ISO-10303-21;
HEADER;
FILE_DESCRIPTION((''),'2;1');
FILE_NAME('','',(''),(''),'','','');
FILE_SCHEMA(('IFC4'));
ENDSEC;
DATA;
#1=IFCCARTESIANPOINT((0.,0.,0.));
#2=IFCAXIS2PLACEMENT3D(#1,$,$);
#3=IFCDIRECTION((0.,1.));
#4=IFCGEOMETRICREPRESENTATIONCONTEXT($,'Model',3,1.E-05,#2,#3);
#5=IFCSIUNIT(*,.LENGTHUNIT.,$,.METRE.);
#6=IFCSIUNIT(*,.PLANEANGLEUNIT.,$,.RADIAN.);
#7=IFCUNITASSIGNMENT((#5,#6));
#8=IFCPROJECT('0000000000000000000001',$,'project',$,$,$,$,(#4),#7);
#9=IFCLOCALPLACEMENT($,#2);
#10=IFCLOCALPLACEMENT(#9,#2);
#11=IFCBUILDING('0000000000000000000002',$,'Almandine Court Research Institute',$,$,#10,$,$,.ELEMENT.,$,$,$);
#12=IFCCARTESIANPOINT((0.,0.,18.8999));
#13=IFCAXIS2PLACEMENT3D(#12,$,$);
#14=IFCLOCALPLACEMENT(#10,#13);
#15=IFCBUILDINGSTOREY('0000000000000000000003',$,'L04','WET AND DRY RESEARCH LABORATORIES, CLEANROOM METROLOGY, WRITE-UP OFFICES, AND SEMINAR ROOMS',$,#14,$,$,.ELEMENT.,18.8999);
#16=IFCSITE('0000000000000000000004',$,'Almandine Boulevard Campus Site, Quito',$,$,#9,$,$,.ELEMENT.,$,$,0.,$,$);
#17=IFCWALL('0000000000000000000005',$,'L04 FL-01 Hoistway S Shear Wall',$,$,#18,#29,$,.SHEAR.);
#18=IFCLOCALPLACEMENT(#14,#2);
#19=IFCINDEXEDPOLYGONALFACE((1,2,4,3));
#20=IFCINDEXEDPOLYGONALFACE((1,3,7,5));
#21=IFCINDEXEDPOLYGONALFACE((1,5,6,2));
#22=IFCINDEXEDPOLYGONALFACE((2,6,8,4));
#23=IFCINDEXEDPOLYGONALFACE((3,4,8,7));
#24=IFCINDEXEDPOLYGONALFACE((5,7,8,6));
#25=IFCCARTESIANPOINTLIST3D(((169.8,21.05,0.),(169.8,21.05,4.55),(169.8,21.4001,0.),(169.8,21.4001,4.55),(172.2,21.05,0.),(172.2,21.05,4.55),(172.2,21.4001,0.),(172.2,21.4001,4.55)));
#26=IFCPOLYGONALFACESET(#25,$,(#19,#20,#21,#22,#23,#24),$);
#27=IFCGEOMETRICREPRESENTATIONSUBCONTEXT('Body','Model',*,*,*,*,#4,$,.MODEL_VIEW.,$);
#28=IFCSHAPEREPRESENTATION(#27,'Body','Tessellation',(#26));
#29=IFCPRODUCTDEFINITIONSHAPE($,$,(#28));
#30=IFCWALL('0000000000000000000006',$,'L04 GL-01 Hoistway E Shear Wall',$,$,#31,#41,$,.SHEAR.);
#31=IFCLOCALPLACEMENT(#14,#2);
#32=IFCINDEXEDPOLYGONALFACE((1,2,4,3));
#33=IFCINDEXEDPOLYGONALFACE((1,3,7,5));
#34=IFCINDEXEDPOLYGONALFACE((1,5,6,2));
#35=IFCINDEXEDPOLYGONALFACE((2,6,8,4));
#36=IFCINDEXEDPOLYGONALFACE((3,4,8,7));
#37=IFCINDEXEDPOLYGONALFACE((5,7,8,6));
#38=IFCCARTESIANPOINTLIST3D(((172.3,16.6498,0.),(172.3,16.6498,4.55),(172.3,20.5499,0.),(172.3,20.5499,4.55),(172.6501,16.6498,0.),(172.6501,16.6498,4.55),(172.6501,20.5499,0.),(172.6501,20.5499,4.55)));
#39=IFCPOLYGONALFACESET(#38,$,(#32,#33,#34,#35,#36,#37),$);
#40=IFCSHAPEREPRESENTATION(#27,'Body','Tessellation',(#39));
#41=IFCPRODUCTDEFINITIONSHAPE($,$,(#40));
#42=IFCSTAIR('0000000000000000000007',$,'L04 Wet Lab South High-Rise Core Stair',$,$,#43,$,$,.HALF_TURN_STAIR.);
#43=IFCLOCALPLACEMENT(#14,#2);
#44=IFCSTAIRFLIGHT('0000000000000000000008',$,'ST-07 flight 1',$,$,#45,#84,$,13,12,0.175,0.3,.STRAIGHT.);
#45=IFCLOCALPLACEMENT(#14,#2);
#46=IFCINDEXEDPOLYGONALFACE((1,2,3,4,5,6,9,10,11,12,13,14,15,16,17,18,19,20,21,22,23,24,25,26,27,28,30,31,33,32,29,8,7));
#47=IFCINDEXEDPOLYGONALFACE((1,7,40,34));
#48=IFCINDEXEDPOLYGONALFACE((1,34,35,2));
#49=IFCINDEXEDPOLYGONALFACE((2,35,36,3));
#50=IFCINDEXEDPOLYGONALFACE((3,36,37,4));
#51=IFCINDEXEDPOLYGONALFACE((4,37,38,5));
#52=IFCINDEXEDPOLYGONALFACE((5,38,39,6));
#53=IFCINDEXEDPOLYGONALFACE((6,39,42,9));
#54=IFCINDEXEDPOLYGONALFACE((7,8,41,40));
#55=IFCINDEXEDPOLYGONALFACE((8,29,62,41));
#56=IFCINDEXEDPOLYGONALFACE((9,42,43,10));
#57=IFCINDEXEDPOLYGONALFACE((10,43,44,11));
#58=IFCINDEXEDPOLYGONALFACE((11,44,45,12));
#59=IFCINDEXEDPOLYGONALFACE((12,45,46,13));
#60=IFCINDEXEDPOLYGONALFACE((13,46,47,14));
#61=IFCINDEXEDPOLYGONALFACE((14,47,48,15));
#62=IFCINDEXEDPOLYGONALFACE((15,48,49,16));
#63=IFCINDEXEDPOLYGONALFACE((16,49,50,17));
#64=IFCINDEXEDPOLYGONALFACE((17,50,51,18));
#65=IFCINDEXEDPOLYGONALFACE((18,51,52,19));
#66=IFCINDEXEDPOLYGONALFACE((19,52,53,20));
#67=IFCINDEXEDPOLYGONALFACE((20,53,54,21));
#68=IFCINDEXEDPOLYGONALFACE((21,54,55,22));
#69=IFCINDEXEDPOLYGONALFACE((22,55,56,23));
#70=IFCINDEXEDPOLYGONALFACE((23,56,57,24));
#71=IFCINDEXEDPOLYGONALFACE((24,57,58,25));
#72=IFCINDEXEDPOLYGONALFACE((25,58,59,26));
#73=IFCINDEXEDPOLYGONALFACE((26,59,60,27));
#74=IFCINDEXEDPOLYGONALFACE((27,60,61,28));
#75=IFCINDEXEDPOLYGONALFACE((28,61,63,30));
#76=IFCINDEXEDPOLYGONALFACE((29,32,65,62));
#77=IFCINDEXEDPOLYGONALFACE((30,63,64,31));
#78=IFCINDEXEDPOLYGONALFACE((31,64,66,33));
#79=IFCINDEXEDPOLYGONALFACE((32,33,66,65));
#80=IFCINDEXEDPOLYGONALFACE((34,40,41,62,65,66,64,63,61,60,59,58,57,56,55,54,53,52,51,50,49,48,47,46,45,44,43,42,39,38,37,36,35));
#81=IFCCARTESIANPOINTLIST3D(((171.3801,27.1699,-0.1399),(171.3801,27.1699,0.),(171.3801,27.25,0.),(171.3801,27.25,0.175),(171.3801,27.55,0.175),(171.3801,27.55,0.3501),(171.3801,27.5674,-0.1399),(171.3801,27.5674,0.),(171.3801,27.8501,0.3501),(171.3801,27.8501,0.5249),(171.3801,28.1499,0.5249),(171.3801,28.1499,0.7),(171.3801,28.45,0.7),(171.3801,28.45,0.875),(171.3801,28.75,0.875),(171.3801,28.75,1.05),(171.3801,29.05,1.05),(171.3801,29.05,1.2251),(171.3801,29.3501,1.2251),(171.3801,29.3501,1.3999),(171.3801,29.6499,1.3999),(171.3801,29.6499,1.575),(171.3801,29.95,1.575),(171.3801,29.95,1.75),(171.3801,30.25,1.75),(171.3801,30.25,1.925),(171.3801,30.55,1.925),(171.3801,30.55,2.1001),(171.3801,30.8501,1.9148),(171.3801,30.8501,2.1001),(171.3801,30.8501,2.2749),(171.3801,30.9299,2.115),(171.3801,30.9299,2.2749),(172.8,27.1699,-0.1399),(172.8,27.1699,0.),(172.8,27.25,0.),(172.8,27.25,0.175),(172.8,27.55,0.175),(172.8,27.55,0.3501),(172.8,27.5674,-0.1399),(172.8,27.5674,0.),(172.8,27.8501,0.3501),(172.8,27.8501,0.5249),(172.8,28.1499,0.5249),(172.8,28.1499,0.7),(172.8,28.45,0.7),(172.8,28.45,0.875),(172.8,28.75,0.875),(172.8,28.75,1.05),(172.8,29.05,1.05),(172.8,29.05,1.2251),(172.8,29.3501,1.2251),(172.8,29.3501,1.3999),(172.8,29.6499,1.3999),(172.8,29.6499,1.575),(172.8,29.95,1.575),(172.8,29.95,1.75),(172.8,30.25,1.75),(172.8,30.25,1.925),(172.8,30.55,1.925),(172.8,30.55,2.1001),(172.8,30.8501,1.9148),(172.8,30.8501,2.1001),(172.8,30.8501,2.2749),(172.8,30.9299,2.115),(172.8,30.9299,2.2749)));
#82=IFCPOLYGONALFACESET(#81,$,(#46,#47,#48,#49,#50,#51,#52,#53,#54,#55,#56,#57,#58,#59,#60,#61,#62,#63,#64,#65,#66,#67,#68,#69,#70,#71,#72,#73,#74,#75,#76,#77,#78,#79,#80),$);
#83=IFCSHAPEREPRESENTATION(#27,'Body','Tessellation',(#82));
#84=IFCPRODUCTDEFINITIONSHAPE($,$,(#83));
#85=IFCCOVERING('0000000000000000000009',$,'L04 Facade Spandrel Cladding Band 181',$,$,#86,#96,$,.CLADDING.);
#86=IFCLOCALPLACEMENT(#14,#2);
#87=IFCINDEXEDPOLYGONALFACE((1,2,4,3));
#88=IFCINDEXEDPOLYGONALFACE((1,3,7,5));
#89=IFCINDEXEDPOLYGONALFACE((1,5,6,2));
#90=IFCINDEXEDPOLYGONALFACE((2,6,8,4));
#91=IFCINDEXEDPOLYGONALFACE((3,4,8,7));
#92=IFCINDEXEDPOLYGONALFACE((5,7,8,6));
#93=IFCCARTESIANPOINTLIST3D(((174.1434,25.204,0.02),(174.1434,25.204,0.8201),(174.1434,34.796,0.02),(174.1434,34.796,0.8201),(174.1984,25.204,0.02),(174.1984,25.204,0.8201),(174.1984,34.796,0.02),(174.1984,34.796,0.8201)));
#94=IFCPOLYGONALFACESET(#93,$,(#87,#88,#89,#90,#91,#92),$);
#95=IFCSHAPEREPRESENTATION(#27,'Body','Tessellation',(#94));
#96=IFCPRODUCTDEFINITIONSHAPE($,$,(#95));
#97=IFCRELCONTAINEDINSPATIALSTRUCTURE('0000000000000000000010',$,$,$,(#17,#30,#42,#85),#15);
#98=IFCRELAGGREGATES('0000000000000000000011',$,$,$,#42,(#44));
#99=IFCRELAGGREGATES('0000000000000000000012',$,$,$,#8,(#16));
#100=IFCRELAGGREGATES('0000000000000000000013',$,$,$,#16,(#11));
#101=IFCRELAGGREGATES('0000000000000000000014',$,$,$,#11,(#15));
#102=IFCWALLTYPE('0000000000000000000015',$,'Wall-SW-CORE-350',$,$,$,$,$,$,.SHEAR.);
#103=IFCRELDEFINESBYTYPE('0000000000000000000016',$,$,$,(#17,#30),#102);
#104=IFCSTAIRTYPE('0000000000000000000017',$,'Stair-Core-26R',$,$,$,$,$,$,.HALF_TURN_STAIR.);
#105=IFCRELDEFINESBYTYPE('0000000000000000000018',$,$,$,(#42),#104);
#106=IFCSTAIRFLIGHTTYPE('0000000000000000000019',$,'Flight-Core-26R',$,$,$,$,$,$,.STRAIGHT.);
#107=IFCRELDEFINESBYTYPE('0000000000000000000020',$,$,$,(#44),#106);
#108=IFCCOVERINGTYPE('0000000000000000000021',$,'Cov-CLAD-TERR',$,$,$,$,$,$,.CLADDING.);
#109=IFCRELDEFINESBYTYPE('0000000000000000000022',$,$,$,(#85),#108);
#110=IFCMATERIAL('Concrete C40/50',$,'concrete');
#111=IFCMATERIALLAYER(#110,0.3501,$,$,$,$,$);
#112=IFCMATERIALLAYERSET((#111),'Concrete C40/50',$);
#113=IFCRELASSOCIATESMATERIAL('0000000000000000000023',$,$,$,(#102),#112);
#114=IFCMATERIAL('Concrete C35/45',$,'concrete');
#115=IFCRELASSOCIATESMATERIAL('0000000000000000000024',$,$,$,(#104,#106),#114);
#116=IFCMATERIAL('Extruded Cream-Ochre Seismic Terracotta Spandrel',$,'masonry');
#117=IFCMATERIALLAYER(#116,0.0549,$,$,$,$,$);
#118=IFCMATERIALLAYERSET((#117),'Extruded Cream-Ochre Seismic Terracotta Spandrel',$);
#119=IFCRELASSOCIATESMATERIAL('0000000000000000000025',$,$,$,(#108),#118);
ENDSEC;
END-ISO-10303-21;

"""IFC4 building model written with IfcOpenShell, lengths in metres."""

from ifc_helpers import new_model, si_unit, direction, frame, frame_2d, origin, origin_2d, place, context, subcontext, project, spatial, polyline, rectangle, outline, extrude, material, layer, layer_set, type_object, element, aggregate, save


model = new_model("IFC4")

# Units and contexts
model_context = context("Model", 3, precision=1e-05, world=origin(), true_north=direction((0.0, 1.0)))
body_context = subcontext(model_context, "Body", "Model", "MODEL_VIEW")
ifc_project = project(units=[si_unit("LENGTHUNIT", "METRE"), si_unit("PLANEANGLEUNIT", "RADIAN")], contexts=[model_context])

# Site, building, storey
site_placement = place(None, origin())
site = spatial("IfcSite", under=ifc_project, at=site_placement, Name="Almandine Boulevard Campus Site, Quito", CompositionType="ELEMENT", RefElevation=0.0)
building_placement = place(site_placement, origin())
building = spatial("IfcBuilding", under=site, at=building_placement, Name="Almandine Court Research Institute", CompositionType="ELEMENT")
storey_placement = place(building_placement, frame((0.0, 0.0, 18.8999)))
storey = spatial("IfcBuildingStorey", under=building, at=storey_placement, Name="L04", Description="WET AND DRY RESEARCH LABORATORIES, CLEANROOM METROLOGY, WRITE-UP OFFICES, AND SEMINAR ROOMS", CompositionType="ELEMENT", Elevation=18.8999)

# Shared definitions
ifc_material_1 = material(Name="Concrete C40/50", Category="concrete")
ifc_layer_1 = layer(ifc_material_1, 0.3501)
ifc_layer_set_1 = layer_set([ifc_layer_1], Name="Concrete C40/50")
wall_type_1 = type_object("IfcWallType", Name="Wall-SW-CORE-350", PredefinedType="SHEAR", material=ifc_layer_set_1)

# Walls
wall_1_placement = place(storey_placement, frame((172.2, 21.2251, 0.0), z_axis=(0.0, 0.0, 1.0), x_axis=(-1.0, 0.0, 0.0)))
element("IfcWall", 1, at=wall_1_placement, inside=storey, type_object=wall_type_1, Name="L04 FL-01 Hoistway S Shear Wall", PredefinedType="SHEAR", context=body_context, shape_type="SweptSolid", body=[
    extrude(rectangle(XDim=2.3999, YDim=0.3501, at=frame_2d((1.2, 0.0))), origin(), (0.0, 0.0, 1.0), 4.55),
])
wall_2_placement = place(storey_placement, frame((172.4751, 20.55, 0.0), z_axis=(0.0, 0.0, 1.0), x_axis=(0.0, -1.0, 0.0)))
element("IfcWall", 2, at=wall_2_placement, inside=storey, type_object=wall_type_1, Name="L04 GL-01 Hoistway E Shear Wall", PredefinedType="SHEAR", context=body_context, shape_type="SweptSolid", body=[
    extrude(rectangle(XDim=3.9001, YDim=0.3501, at=frame_2d((1.9502, 0.0))), origin(), (0.0, 0.0, 1.0), 4.55),
])

# Stair, stair flight
ifc_material_2 = material(Name="Concrete C35/45", Category="concrete")
stair_type = type_object("IfcStairType", Name="Stair-Core-26R", PredefinedType="HALF_TURN_STAIR", material=ifc_material_2)
stair_placement = place(storey_placement, origin())
stair = element("IfcStair", 3, at=stair_placement, inside=storey, type_object=stair_type, Name="L04 Wet Lab South High-Rise Core Stair", PredefinedType="HALF_TURN_STAIR")
stair_flight_type = type_object("IfcStairFlightType", Name="Flight-Core-26R", PredefinedType="STRAIGHT", material=ifc_material_2)
stair_flight_placement = place(storey_placement, frame((172.0901, 27.25, 0.0), z_axis=(0.0, 0.0, 1.0), x_axis=(0.0, 1.0, 0.0)))
stair_flight = element("IfcStairFlight", 4, at=stair_flight_placement, type_object=stair_flight_type, Name="ST-07 flight 1", NumberOfRisers=13, NumberOfTreads=12, PredefinedType="STRAIGHT", RiserHeight=0.175, TreadLength=0.3, context=body_context, shape_type="SweptSolid", body=[
    extrude(outline(polyline([(-0.0801, -0.1399), (-0.0801, 0.0), (0.0, 0.0), (0.0, 0.175), (0.3, 0.175), (0.3, 0.3501), (0.6001, 0.3501), (0.6001, 0.5249), (0.8999, 0.5249), (0.8999, 0.7), (1.2, 0.7), (1.2, 0.875), (1.5, 0.875), (1.5, 1.05), (1.8, 1.05), (1.8, 1.2251), (2.1001, 1.2251), (2.1001, 1.3999), (2.3999, 1.3999), (2.3999, 1.575), (2.7, 1.575), (2.7, 1.75), (3.0, 1.75), (3.0, 1.925), (3.3, 1.925), (3.3, 2.1001), (3.6001, 2.1001), (3.6001, 2.2749), (3.6799, 2.2749), (3.6799, 2.115), (3.6001, 1.9148), (0.3174, 0.0), (0.3174, -0.1399), (-0.0801, -0.1399)])), frame((0.0, 0.71, 0.0), z_axis=(0.0, -1.0, 0.0), x_axis=(1.0, 0.0, 0.0)), (0.0, 0.0, 1.0), 1.4199),
])
aggregate(stair, [stair_flight])

# Covering
ifc_material_3 = material(Name="Extruded Cream-Ochre Seismic Terracotta Spandrel", Category="masonry")
ifc_layer_2 = layer(ifc_material_3, 0.0549)
ifc_layer_set_2 = layer_set([ifc_layer_2], Name="Extruded Cream-Ochre Seismic Terracotta Spandrel")
covering_type = type_object("IfcCoveringType", Name="Cov-CLAD-TERR", PredefinedType="CLADDING", material=ifc_layer_set_2)
covering_placement = place(storey_placement, frame((174.1709, 30.0, 0.02), z_axis=(0.0, 0.0, 1.0), x_axis=(0.0, -1.0, 0.0)))
element("IfcCovering", 5, at=covering_placement, inside=storey, type_object=covering_type, Name="L04 Facade Spandrel Cladding Band 181", PredefinedType="CLADDING", context=body_context, shape_type="SweptSolid", body=[
    extrude(rectangle(XDim=9.592, YDim=0.0549, at=origin_2d()), origin(), (0.0, 0.0, 1.0), 0.8),
])

save(model, "model.ifc")
